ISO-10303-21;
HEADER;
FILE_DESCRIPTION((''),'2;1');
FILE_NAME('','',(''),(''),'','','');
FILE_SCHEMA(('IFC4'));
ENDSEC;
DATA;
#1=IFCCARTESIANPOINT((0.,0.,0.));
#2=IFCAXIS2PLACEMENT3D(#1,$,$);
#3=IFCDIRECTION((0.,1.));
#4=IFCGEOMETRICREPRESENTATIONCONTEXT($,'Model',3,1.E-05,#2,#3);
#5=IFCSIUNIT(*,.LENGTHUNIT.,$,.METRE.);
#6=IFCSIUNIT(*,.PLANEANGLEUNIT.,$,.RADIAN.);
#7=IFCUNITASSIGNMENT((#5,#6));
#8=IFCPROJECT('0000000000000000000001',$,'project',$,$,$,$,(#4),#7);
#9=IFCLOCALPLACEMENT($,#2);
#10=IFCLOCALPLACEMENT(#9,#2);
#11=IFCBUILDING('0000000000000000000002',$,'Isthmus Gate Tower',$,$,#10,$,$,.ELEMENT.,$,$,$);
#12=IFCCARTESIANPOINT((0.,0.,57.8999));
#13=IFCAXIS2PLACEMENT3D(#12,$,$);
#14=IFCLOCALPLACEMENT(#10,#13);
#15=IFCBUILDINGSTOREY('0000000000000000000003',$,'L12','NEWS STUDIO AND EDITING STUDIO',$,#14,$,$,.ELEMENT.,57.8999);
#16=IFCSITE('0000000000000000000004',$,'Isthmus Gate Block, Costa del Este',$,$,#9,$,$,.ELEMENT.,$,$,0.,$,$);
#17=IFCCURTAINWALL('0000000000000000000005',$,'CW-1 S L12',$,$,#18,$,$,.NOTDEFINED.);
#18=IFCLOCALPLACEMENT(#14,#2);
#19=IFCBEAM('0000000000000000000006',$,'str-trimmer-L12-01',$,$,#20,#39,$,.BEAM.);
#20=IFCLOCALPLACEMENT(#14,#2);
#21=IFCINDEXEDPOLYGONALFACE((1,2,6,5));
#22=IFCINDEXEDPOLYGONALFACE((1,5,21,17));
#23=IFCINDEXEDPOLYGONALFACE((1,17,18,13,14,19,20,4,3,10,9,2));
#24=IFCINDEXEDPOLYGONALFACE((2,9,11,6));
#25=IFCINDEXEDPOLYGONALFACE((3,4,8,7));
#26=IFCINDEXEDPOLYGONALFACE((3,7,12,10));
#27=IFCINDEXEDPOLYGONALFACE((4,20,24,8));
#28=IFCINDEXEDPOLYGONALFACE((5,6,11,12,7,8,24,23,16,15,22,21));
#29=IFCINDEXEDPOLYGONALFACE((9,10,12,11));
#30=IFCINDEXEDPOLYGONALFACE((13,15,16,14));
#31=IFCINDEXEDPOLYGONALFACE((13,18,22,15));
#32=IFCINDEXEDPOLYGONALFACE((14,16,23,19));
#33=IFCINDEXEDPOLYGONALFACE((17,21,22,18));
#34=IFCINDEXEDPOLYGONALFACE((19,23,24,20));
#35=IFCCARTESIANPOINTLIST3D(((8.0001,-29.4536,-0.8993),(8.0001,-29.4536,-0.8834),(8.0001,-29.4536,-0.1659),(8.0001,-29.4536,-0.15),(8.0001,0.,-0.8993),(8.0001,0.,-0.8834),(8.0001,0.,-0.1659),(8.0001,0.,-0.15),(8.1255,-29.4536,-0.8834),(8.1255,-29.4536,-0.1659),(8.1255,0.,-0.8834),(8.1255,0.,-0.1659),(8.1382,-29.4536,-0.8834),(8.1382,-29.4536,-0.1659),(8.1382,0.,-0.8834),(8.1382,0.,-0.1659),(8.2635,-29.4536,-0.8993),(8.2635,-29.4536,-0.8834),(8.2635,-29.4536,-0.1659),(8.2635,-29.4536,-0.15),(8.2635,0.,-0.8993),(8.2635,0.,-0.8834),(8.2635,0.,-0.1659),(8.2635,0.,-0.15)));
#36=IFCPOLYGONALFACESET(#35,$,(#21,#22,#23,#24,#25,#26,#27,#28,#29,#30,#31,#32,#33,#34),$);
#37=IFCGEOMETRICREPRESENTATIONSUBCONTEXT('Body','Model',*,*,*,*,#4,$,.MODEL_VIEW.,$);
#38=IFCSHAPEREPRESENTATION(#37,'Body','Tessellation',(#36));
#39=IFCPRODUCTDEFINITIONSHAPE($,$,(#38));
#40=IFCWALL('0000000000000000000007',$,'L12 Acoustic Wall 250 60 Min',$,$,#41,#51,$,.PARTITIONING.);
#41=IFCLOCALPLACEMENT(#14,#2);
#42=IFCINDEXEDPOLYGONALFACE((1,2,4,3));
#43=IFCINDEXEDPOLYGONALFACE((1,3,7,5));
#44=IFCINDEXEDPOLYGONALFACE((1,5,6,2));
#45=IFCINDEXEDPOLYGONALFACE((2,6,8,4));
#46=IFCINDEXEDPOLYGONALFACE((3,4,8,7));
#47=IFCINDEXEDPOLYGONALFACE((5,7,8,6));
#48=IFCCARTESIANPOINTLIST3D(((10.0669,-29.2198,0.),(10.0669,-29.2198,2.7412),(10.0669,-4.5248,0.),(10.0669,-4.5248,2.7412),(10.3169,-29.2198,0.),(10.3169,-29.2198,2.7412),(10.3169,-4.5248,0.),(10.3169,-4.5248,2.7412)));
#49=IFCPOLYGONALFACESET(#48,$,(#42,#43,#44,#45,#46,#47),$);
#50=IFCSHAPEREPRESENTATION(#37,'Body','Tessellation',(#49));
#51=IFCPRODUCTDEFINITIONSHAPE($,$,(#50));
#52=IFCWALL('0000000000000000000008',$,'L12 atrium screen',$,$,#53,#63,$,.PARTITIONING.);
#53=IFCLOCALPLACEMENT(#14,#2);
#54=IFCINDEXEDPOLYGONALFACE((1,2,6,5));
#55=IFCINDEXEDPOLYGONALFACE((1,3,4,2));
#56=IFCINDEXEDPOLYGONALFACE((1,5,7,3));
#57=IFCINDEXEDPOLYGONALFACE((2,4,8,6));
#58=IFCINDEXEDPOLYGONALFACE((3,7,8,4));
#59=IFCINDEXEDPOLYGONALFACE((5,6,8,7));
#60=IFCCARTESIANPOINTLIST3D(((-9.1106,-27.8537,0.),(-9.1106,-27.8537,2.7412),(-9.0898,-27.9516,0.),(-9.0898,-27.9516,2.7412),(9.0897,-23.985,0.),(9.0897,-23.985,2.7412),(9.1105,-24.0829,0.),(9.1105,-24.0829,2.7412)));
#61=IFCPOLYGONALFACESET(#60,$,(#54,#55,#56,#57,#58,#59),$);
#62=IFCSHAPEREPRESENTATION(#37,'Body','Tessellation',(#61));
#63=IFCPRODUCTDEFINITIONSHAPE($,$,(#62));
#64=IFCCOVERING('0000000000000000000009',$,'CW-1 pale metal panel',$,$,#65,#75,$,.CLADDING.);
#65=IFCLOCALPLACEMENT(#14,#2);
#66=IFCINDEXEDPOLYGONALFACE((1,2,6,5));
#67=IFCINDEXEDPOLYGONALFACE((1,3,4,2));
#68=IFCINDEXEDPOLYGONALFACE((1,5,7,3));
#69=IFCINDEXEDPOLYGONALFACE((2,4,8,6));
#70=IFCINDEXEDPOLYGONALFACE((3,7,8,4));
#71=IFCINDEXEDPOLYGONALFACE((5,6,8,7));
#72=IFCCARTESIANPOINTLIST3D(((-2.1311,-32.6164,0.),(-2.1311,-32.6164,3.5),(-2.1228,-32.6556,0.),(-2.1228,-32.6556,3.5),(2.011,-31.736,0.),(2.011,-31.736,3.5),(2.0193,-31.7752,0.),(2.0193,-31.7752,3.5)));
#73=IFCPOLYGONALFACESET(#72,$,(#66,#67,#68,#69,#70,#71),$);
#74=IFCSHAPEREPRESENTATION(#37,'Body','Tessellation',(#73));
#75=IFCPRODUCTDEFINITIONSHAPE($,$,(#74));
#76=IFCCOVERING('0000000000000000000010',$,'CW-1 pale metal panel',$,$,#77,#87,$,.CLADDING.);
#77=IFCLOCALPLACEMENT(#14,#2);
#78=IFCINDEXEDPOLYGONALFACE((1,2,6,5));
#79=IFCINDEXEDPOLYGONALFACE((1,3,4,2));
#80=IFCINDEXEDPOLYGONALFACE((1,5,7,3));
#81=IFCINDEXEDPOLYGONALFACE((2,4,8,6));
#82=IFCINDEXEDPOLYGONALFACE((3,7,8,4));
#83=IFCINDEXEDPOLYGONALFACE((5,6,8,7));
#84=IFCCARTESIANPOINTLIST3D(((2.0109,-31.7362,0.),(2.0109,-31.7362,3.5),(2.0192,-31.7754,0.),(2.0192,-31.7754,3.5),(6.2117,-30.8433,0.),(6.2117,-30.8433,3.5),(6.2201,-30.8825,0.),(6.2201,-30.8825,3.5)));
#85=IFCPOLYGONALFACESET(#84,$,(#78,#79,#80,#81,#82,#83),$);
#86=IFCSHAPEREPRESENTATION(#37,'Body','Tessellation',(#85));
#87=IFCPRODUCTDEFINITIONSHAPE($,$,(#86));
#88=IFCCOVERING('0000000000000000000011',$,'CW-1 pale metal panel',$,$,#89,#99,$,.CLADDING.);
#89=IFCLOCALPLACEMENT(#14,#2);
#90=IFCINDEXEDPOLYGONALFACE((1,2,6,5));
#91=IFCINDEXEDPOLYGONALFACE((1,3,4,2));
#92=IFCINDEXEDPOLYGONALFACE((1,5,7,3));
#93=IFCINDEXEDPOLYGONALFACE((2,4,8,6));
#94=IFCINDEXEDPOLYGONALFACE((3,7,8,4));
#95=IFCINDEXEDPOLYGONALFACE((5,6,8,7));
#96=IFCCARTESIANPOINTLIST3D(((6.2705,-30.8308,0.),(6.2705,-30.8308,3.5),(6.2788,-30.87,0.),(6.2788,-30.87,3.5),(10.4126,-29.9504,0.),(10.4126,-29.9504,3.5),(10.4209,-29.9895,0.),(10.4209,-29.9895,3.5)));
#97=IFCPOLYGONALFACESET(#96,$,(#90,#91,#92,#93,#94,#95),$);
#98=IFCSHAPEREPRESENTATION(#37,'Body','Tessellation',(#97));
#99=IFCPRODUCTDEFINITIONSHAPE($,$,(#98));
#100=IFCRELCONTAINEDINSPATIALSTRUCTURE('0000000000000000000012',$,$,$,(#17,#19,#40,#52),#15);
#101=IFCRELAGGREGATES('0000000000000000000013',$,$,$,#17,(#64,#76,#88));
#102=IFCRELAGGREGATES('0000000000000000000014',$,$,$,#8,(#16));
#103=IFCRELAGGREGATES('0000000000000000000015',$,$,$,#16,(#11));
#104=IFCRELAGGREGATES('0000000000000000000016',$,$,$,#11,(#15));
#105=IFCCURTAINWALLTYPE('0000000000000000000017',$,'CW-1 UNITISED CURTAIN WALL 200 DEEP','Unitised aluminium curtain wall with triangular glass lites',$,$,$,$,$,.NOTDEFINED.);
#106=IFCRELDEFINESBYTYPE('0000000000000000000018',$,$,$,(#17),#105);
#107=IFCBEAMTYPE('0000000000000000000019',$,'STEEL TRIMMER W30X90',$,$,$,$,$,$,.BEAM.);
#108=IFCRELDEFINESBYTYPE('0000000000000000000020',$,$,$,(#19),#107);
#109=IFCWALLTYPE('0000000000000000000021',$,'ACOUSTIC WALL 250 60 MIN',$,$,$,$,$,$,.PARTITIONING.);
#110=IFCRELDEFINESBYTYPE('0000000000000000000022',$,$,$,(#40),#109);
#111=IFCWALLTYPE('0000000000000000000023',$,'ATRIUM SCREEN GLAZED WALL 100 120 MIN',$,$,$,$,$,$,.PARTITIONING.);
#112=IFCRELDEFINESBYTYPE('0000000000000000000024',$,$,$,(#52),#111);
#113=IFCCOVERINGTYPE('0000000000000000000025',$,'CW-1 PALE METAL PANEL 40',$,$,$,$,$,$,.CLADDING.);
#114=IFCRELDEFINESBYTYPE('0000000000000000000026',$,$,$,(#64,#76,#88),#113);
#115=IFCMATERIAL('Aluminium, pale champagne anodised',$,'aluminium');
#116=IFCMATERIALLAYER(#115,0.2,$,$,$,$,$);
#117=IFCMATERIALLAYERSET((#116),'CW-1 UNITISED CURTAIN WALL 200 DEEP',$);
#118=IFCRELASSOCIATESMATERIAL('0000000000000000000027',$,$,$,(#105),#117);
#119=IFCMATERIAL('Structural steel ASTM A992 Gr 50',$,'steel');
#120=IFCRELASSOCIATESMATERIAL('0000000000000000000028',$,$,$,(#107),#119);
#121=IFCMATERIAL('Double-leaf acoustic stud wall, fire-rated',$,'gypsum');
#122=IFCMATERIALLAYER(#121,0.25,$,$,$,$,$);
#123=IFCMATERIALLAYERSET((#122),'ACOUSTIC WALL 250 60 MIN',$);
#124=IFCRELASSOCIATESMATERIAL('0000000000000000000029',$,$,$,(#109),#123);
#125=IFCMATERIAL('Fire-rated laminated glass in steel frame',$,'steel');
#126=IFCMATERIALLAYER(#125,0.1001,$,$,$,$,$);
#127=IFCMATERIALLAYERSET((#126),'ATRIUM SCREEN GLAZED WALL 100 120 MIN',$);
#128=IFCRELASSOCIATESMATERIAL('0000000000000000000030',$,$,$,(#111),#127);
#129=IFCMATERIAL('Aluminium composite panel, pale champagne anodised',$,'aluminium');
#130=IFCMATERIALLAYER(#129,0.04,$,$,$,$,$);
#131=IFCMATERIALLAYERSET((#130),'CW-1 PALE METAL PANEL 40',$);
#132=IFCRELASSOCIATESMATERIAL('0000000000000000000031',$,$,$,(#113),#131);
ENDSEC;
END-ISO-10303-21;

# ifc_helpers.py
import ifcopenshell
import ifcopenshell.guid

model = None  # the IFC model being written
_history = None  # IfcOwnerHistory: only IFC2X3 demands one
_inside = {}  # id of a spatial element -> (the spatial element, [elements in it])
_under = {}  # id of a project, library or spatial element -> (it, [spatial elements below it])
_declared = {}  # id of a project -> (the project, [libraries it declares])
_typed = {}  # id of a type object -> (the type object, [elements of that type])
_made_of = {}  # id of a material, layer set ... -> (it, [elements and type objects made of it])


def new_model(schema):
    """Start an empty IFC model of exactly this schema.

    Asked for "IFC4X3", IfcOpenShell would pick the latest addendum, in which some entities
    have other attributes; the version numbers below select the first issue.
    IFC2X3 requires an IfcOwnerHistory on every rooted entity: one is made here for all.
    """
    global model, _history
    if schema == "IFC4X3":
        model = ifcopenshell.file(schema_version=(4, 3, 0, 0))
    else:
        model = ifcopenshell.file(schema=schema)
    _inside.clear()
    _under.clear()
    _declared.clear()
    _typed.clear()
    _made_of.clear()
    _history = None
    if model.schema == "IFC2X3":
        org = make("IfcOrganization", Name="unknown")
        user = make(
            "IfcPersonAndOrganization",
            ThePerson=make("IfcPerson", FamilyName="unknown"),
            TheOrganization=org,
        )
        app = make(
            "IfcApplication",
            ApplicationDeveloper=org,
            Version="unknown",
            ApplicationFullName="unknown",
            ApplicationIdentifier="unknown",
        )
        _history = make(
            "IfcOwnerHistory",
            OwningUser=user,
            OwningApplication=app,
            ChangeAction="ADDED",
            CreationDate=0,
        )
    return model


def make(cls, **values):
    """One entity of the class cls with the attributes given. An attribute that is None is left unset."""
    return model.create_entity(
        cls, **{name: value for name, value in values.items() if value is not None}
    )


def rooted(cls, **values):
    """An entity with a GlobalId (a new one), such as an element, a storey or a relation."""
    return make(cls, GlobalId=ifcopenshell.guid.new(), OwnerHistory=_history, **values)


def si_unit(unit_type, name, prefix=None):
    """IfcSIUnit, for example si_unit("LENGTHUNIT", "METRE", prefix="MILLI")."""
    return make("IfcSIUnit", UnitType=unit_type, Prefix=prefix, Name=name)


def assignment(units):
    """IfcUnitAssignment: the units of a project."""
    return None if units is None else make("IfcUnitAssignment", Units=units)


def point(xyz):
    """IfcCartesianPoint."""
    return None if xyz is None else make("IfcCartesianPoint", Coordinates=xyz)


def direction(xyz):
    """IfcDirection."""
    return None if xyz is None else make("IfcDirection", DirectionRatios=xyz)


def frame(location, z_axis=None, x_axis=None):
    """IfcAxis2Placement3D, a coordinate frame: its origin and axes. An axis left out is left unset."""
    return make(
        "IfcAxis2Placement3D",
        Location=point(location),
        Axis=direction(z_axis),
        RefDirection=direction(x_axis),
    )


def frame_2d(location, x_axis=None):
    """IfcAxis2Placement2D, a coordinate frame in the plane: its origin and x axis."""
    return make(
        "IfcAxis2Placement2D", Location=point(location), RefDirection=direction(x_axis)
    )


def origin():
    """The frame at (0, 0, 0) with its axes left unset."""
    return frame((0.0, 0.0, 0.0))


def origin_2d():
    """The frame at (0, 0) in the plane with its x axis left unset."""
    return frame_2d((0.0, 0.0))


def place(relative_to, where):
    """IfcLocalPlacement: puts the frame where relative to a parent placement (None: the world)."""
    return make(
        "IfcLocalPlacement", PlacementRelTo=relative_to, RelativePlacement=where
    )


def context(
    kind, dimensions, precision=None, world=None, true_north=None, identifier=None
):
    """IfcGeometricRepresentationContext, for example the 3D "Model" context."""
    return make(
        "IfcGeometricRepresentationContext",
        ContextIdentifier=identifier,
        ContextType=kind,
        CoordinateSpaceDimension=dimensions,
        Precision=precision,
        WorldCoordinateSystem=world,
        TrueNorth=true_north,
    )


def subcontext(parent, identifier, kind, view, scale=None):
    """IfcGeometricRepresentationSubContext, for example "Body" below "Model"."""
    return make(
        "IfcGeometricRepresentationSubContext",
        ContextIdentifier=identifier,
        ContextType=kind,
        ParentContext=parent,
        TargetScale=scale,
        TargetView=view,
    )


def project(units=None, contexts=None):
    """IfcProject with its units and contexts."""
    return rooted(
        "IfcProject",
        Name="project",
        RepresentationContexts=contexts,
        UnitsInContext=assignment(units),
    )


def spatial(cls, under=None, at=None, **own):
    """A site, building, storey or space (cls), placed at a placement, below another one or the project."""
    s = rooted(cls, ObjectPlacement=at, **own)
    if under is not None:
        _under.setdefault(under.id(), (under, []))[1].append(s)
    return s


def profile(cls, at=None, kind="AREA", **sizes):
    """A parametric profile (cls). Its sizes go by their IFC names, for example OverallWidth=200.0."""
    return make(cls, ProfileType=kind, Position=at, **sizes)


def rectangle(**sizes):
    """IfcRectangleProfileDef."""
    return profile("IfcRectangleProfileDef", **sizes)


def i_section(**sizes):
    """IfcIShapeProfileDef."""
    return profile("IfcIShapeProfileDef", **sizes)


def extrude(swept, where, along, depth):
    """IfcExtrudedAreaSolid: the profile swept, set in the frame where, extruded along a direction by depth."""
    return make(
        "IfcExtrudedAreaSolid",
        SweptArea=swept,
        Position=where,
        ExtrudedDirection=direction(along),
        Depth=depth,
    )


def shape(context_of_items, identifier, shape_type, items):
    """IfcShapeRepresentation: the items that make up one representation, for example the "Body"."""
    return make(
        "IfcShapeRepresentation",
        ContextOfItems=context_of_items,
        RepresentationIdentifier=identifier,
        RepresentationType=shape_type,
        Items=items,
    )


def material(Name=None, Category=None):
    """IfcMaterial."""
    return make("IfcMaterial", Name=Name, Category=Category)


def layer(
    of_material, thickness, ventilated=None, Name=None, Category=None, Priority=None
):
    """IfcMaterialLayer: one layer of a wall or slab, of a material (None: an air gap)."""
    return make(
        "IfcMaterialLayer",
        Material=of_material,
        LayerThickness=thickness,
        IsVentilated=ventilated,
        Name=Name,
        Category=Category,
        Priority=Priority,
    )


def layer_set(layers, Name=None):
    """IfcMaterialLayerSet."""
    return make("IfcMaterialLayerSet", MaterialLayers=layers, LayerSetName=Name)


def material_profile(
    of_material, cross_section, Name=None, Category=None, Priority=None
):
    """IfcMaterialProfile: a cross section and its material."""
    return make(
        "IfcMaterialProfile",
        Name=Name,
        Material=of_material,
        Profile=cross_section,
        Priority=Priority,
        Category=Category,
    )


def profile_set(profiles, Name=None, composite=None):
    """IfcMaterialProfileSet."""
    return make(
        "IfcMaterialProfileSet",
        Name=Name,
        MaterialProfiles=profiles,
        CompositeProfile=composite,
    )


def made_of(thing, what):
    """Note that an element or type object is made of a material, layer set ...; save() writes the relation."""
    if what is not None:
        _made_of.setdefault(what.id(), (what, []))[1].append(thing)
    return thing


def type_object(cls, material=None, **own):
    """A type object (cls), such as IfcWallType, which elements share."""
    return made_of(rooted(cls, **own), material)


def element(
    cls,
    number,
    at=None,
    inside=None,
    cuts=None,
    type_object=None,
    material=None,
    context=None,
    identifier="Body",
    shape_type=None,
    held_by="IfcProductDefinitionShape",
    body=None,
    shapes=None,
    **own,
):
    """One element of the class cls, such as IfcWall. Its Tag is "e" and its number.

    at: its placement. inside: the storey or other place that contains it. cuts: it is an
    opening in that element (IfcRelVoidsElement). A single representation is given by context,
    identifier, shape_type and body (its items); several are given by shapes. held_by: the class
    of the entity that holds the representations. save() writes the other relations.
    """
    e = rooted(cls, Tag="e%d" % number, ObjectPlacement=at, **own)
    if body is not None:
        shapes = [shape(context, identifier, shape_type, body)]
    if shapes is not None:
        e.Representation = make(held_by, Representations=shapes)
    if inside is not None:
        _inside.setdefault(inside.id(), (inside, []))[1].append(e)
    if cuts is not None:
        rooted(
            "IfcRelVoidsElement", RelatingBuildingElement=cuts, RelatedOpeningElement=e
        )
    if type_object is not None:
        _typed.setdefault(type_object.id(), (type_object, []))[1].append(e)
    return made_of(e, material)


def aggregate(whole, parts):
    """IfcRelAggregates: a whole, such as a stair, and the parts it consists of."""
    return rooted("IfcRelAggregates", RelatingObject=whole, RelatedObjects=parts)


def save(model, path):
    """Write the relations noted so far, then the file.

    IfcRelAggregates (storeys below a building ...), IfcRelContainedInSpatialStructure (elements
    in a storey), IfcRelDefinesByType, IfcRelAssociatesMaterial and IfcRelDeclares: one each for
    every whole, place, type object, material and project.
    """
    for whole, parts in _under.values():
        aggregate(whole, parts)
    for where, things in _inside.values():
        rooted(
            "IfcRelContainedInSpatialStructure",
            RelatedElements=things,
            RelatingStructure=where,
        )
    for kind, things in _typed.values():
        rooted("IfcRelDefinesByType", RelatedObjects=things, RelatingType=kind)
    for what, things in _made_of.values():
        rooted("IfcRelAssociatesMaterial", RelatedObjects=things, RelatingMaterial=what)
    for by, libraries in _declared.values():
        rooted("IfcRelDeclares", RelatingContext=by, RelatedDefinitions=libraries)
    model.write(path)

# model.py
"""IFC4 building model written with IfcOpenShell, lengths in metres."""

from ifc_helpers import new_model, si_unit, direction, frame, frame_2d, origin, origin_2d, place, context, subcontext, project, spatial, rectangle, i_section, extrude, material, layer, layer_set, material_profile, profile_set, type_object, element, aggregate, save


model = new_model("IFC4")

# Units and contexts
model_context = context("Model", 3, precision=1e-05, world=origin(), true_north=direction((0.0, 1.0)))
body_context = subcontext(model_context, "Body", "Model", "MODEL_VIEW")
ifc_project = project(units=[si_unit("LENGTHUNIT", "METRE"), si_unit("PLANEANGLEUNIT", "RADIAN")], contexts=[model_context])

# Site, building, storey
site_placement = place(None, origin())
site = spatial("IfcSite", under=ifc_project, at=site_placement, Name="Isthmus Gate Block, Costa del Este", CompositionType="ELEMENT", RefElevation=0.0)
building_placement = place(site_placement, origin())
building = spatial("IfcBuilding", under=site, at=building_placement, Name="Isthmus Gate Tower", CompositionType="ELEMENT")
storey_placement = place(building_placement, frame((0.0, 0.0, 57.8999)))
storey = spatial("IfcBuildingStorey", under=building, at=storey_placement, Name="L12", Description="NEWS STUDIO AND EDITING STUDIO", CompositionType="ELEMENT", Elevation=57.8999)

# Curtain wall
ifc_material_1 = material(Name="Aluminium, pale champagne anodised", Category="aluminium")
ifc_layer_1 = layer(ifc_material_1, 0.2)
ifc_layer_set_1 = layer_set([ifc_layer_1], Name="CW-1 UNITISED CURTAIN WALL 200 DEEP")
curtain_wall_type = type_object("IfcCurtainWallType", Name="CW-1 UNITISED CURTAIN WALL 200 DEEP", Description="Unitised aluminium curtain wall with triangular glass lites", PredefinedType="NOTDEFINED", material=ifc_layer_set_1)
curtain_wall_placement = place(storey_placement, origin())
curtain_wall = element("IfcCurtainWall", 1, at=curtain_wall_placement, inside=storey, type_object=curtain_wall_type, Name="CW-1 S L12", PredefinedType="NOTDEFINED")

# Beam
ifc_material_2 = material(Name="Structural steel ASTM A992 Gr 50", Category="steel")
ifc_material_profile_1 = material_profile(ifc_material_2, i_section(OverallWidth=0.2634, OverallDepth=0.7493, WebThickness=0.0127, FlangeThickness=0.0159, at=origin_2d()), Name="W30X90")
ifc_profile_set_1 = profile_set([ifc_material_profile_1], Name="Structural steel ASTM A992 Gr 50")
beam_type_1 = type_object("IfcBeamType", Name="STEEL TRIMMER W30X90", PredefinedType="BEAM", material=ifc_profile_set_1)
beam_1_placement = place(storey_placement, frame((8.1318, -29.4536, -0.5247), z_axis=(0.0, 1.0, 0.0), x_axis=(-1.0, 0.0, 0.0)))
element("IfcBeam", 2, at=beam_1_placement, inside=storey, type_object=beam_type_1, Name="str-trimmer-L12-01", PredefinedType="BEAM", context=body_context, shape_type="SweptSolid", body=[
    extrude(i_section(OverallWidth=0.2634, OverallDepth=0.7493, WebThickness=0.0127, FlangeThickness=0.0159, at=origin_2d()), origin(), (0.0, 0.0, 1.0), 29.4536),
])

# Walls
ifc_material_3 = material(Name="Double-leaf acoustic stud wall, fire-rated", Category="gypsum")
ifc_layer_2 = layer(ifc_material_3, 0.25)
ifc_layer_set_2 = layer_set([ifc_layer_2], Name="ACOUSTIC WALL 250 60 MIN")
wall_type_1 = type_object("IfcWallType", Name="ACOUSTIC WALL 250 60 MIN", PredefinedType="PARTITIONING", material=ifc_layer_set_2)
wall_1_placement = place(storey_placement, frame((10.1919, -29.22, 0.0), z_axis=(0.0, 0.0, 1.0), x_axis=(0.0, 1.0, 0.0)))
element("IfcWall", 3, at=wall_1_placement, inside=storey, type_object=wall_type_1, Name="L12 Acoustic Wall 250 60 Min", PredefinedType="PARTITIONING", context=body_context, shape_type="SweptSolid", body=[
    extrude(rectangle(XDim=24.6951, YDim=0.25, at=frame_2d((12.3477, 0.0))), origin(), (0.0, 0.0, 1.0), 2.7412),
])
ifc_material_4 = material(Name="Fire-rated laminated glass in steel frame", Category="steel")
ifc_layer_3 = layer(ifc_material_4, 0.1001)
ifc_layer_set_3 = layer_set([ifc_layer_3], Name="ATRIUM SCREEN GLAZED WALL 100 120 MIN")
wall_type_2 = type_object("IfcWallType", Name="ATRIUM SCREEN GLAZED WALL 100 120 MIN", PredefinedType="PARTITIONING", material=ifc_layer_set_3)
wall_2_placement = place(storey_placement, frame((9.1001, -24.0339, 0.0), z_axis=(0.0, 0.0, 1.0), x_axis=(-0.978147, -0.207916, 0.0)))
element("IfcWall", 4, at=wall_2_placement, inside=storey, type_object=wall_type_2, Name="L12 atrium screen", PredefinedType="PARTITIONING", context=body_context, shape_type="SweptSolid", body=[
    extrude(rectangle(XDim=18.6069, YDim=0.1001, at=frame_2d((9.3035, 0.0))), origin(), (0.0, 0.0, 1.0), 2.7412),
])

# Coverings
ifc_material_5 = material(Name="Aluminium composite panel, pale champagne anodised", Category="aluminium")
ifc_layer_4 = layer(ifc_material_5, 0.04)
ifc_layer_set_4 = layer_set([ifc_layer_4], Name="CW-1 PALE METAL PANEL 40")
covering_type = type_object("IfcCoveringType", Name="CW-1 PALE METAL PANEL 40", PredefinedType="CLADDING", material=ifc_layer_set_4)
covering_1_placement = place(storey_placement, frame((-0.0559, -32.1958, 0.0), z_axis=(0.0, 0.0, 1.0), x_axis=(0.978148, 0.207912, 0.0)))
covering_1 = element("IfcCovering", 5, at=covering_1_placement, type_object=covering_type, Name="CW-1 pale metal panel", PredefinedType="CLADDING", context=body_context, shape_type="SweptSolid", body=[
    extrude(rectangle(XDim=4.2346, YDim=0.04, at=origin_2d()), origin(), (0.0, 0.0, 1.0), 3.5),
])
covering_2_placement = place(storey_placement, frame((4.1155, -31.3093, 0.0), z_axis=(0.0, 0.0, 1.0), x_axis=(0.978148, 0.207912, 0.0)))
covering_2 = element("IfcCovering", 6, at=covering_2_placement, type_object=covering_type, Name="CW-1 pale metal panel", PredefinedType="CLADDING", context=body_context, shape_type="SweptSolid", body=[
    extrude(rectangle(XDim=4.2947, YDim=0.04, at=origin_2d()), origin(), (0.0, 0.0, 1.0), 3.5),
])
covering_3_placement = place(storey_placement, frame((8.3457, -30.4102, 0.0), z_axis=(0.0, 0.0, 1.0), x_axis=(0.978148, 0.207912, 0.0)))
covering_3 = element("IfcCovering", 7, at=covering_3_placement, type_object=covering_type, Name="CW-1 pale metal panel", PredefinedType="CLADDING", context=body_context, shape_type="SweptSolid", body=[
    extrude(rectangle(XDim=4.2346, YDim=0.04, at=origin_2d()), origin(), (0.0, 0.0, 1.0), 3.5),
])
aggregate(curtain_wall, [covering_1, covering_2, covering_3])

save(model, "model.ifc")
